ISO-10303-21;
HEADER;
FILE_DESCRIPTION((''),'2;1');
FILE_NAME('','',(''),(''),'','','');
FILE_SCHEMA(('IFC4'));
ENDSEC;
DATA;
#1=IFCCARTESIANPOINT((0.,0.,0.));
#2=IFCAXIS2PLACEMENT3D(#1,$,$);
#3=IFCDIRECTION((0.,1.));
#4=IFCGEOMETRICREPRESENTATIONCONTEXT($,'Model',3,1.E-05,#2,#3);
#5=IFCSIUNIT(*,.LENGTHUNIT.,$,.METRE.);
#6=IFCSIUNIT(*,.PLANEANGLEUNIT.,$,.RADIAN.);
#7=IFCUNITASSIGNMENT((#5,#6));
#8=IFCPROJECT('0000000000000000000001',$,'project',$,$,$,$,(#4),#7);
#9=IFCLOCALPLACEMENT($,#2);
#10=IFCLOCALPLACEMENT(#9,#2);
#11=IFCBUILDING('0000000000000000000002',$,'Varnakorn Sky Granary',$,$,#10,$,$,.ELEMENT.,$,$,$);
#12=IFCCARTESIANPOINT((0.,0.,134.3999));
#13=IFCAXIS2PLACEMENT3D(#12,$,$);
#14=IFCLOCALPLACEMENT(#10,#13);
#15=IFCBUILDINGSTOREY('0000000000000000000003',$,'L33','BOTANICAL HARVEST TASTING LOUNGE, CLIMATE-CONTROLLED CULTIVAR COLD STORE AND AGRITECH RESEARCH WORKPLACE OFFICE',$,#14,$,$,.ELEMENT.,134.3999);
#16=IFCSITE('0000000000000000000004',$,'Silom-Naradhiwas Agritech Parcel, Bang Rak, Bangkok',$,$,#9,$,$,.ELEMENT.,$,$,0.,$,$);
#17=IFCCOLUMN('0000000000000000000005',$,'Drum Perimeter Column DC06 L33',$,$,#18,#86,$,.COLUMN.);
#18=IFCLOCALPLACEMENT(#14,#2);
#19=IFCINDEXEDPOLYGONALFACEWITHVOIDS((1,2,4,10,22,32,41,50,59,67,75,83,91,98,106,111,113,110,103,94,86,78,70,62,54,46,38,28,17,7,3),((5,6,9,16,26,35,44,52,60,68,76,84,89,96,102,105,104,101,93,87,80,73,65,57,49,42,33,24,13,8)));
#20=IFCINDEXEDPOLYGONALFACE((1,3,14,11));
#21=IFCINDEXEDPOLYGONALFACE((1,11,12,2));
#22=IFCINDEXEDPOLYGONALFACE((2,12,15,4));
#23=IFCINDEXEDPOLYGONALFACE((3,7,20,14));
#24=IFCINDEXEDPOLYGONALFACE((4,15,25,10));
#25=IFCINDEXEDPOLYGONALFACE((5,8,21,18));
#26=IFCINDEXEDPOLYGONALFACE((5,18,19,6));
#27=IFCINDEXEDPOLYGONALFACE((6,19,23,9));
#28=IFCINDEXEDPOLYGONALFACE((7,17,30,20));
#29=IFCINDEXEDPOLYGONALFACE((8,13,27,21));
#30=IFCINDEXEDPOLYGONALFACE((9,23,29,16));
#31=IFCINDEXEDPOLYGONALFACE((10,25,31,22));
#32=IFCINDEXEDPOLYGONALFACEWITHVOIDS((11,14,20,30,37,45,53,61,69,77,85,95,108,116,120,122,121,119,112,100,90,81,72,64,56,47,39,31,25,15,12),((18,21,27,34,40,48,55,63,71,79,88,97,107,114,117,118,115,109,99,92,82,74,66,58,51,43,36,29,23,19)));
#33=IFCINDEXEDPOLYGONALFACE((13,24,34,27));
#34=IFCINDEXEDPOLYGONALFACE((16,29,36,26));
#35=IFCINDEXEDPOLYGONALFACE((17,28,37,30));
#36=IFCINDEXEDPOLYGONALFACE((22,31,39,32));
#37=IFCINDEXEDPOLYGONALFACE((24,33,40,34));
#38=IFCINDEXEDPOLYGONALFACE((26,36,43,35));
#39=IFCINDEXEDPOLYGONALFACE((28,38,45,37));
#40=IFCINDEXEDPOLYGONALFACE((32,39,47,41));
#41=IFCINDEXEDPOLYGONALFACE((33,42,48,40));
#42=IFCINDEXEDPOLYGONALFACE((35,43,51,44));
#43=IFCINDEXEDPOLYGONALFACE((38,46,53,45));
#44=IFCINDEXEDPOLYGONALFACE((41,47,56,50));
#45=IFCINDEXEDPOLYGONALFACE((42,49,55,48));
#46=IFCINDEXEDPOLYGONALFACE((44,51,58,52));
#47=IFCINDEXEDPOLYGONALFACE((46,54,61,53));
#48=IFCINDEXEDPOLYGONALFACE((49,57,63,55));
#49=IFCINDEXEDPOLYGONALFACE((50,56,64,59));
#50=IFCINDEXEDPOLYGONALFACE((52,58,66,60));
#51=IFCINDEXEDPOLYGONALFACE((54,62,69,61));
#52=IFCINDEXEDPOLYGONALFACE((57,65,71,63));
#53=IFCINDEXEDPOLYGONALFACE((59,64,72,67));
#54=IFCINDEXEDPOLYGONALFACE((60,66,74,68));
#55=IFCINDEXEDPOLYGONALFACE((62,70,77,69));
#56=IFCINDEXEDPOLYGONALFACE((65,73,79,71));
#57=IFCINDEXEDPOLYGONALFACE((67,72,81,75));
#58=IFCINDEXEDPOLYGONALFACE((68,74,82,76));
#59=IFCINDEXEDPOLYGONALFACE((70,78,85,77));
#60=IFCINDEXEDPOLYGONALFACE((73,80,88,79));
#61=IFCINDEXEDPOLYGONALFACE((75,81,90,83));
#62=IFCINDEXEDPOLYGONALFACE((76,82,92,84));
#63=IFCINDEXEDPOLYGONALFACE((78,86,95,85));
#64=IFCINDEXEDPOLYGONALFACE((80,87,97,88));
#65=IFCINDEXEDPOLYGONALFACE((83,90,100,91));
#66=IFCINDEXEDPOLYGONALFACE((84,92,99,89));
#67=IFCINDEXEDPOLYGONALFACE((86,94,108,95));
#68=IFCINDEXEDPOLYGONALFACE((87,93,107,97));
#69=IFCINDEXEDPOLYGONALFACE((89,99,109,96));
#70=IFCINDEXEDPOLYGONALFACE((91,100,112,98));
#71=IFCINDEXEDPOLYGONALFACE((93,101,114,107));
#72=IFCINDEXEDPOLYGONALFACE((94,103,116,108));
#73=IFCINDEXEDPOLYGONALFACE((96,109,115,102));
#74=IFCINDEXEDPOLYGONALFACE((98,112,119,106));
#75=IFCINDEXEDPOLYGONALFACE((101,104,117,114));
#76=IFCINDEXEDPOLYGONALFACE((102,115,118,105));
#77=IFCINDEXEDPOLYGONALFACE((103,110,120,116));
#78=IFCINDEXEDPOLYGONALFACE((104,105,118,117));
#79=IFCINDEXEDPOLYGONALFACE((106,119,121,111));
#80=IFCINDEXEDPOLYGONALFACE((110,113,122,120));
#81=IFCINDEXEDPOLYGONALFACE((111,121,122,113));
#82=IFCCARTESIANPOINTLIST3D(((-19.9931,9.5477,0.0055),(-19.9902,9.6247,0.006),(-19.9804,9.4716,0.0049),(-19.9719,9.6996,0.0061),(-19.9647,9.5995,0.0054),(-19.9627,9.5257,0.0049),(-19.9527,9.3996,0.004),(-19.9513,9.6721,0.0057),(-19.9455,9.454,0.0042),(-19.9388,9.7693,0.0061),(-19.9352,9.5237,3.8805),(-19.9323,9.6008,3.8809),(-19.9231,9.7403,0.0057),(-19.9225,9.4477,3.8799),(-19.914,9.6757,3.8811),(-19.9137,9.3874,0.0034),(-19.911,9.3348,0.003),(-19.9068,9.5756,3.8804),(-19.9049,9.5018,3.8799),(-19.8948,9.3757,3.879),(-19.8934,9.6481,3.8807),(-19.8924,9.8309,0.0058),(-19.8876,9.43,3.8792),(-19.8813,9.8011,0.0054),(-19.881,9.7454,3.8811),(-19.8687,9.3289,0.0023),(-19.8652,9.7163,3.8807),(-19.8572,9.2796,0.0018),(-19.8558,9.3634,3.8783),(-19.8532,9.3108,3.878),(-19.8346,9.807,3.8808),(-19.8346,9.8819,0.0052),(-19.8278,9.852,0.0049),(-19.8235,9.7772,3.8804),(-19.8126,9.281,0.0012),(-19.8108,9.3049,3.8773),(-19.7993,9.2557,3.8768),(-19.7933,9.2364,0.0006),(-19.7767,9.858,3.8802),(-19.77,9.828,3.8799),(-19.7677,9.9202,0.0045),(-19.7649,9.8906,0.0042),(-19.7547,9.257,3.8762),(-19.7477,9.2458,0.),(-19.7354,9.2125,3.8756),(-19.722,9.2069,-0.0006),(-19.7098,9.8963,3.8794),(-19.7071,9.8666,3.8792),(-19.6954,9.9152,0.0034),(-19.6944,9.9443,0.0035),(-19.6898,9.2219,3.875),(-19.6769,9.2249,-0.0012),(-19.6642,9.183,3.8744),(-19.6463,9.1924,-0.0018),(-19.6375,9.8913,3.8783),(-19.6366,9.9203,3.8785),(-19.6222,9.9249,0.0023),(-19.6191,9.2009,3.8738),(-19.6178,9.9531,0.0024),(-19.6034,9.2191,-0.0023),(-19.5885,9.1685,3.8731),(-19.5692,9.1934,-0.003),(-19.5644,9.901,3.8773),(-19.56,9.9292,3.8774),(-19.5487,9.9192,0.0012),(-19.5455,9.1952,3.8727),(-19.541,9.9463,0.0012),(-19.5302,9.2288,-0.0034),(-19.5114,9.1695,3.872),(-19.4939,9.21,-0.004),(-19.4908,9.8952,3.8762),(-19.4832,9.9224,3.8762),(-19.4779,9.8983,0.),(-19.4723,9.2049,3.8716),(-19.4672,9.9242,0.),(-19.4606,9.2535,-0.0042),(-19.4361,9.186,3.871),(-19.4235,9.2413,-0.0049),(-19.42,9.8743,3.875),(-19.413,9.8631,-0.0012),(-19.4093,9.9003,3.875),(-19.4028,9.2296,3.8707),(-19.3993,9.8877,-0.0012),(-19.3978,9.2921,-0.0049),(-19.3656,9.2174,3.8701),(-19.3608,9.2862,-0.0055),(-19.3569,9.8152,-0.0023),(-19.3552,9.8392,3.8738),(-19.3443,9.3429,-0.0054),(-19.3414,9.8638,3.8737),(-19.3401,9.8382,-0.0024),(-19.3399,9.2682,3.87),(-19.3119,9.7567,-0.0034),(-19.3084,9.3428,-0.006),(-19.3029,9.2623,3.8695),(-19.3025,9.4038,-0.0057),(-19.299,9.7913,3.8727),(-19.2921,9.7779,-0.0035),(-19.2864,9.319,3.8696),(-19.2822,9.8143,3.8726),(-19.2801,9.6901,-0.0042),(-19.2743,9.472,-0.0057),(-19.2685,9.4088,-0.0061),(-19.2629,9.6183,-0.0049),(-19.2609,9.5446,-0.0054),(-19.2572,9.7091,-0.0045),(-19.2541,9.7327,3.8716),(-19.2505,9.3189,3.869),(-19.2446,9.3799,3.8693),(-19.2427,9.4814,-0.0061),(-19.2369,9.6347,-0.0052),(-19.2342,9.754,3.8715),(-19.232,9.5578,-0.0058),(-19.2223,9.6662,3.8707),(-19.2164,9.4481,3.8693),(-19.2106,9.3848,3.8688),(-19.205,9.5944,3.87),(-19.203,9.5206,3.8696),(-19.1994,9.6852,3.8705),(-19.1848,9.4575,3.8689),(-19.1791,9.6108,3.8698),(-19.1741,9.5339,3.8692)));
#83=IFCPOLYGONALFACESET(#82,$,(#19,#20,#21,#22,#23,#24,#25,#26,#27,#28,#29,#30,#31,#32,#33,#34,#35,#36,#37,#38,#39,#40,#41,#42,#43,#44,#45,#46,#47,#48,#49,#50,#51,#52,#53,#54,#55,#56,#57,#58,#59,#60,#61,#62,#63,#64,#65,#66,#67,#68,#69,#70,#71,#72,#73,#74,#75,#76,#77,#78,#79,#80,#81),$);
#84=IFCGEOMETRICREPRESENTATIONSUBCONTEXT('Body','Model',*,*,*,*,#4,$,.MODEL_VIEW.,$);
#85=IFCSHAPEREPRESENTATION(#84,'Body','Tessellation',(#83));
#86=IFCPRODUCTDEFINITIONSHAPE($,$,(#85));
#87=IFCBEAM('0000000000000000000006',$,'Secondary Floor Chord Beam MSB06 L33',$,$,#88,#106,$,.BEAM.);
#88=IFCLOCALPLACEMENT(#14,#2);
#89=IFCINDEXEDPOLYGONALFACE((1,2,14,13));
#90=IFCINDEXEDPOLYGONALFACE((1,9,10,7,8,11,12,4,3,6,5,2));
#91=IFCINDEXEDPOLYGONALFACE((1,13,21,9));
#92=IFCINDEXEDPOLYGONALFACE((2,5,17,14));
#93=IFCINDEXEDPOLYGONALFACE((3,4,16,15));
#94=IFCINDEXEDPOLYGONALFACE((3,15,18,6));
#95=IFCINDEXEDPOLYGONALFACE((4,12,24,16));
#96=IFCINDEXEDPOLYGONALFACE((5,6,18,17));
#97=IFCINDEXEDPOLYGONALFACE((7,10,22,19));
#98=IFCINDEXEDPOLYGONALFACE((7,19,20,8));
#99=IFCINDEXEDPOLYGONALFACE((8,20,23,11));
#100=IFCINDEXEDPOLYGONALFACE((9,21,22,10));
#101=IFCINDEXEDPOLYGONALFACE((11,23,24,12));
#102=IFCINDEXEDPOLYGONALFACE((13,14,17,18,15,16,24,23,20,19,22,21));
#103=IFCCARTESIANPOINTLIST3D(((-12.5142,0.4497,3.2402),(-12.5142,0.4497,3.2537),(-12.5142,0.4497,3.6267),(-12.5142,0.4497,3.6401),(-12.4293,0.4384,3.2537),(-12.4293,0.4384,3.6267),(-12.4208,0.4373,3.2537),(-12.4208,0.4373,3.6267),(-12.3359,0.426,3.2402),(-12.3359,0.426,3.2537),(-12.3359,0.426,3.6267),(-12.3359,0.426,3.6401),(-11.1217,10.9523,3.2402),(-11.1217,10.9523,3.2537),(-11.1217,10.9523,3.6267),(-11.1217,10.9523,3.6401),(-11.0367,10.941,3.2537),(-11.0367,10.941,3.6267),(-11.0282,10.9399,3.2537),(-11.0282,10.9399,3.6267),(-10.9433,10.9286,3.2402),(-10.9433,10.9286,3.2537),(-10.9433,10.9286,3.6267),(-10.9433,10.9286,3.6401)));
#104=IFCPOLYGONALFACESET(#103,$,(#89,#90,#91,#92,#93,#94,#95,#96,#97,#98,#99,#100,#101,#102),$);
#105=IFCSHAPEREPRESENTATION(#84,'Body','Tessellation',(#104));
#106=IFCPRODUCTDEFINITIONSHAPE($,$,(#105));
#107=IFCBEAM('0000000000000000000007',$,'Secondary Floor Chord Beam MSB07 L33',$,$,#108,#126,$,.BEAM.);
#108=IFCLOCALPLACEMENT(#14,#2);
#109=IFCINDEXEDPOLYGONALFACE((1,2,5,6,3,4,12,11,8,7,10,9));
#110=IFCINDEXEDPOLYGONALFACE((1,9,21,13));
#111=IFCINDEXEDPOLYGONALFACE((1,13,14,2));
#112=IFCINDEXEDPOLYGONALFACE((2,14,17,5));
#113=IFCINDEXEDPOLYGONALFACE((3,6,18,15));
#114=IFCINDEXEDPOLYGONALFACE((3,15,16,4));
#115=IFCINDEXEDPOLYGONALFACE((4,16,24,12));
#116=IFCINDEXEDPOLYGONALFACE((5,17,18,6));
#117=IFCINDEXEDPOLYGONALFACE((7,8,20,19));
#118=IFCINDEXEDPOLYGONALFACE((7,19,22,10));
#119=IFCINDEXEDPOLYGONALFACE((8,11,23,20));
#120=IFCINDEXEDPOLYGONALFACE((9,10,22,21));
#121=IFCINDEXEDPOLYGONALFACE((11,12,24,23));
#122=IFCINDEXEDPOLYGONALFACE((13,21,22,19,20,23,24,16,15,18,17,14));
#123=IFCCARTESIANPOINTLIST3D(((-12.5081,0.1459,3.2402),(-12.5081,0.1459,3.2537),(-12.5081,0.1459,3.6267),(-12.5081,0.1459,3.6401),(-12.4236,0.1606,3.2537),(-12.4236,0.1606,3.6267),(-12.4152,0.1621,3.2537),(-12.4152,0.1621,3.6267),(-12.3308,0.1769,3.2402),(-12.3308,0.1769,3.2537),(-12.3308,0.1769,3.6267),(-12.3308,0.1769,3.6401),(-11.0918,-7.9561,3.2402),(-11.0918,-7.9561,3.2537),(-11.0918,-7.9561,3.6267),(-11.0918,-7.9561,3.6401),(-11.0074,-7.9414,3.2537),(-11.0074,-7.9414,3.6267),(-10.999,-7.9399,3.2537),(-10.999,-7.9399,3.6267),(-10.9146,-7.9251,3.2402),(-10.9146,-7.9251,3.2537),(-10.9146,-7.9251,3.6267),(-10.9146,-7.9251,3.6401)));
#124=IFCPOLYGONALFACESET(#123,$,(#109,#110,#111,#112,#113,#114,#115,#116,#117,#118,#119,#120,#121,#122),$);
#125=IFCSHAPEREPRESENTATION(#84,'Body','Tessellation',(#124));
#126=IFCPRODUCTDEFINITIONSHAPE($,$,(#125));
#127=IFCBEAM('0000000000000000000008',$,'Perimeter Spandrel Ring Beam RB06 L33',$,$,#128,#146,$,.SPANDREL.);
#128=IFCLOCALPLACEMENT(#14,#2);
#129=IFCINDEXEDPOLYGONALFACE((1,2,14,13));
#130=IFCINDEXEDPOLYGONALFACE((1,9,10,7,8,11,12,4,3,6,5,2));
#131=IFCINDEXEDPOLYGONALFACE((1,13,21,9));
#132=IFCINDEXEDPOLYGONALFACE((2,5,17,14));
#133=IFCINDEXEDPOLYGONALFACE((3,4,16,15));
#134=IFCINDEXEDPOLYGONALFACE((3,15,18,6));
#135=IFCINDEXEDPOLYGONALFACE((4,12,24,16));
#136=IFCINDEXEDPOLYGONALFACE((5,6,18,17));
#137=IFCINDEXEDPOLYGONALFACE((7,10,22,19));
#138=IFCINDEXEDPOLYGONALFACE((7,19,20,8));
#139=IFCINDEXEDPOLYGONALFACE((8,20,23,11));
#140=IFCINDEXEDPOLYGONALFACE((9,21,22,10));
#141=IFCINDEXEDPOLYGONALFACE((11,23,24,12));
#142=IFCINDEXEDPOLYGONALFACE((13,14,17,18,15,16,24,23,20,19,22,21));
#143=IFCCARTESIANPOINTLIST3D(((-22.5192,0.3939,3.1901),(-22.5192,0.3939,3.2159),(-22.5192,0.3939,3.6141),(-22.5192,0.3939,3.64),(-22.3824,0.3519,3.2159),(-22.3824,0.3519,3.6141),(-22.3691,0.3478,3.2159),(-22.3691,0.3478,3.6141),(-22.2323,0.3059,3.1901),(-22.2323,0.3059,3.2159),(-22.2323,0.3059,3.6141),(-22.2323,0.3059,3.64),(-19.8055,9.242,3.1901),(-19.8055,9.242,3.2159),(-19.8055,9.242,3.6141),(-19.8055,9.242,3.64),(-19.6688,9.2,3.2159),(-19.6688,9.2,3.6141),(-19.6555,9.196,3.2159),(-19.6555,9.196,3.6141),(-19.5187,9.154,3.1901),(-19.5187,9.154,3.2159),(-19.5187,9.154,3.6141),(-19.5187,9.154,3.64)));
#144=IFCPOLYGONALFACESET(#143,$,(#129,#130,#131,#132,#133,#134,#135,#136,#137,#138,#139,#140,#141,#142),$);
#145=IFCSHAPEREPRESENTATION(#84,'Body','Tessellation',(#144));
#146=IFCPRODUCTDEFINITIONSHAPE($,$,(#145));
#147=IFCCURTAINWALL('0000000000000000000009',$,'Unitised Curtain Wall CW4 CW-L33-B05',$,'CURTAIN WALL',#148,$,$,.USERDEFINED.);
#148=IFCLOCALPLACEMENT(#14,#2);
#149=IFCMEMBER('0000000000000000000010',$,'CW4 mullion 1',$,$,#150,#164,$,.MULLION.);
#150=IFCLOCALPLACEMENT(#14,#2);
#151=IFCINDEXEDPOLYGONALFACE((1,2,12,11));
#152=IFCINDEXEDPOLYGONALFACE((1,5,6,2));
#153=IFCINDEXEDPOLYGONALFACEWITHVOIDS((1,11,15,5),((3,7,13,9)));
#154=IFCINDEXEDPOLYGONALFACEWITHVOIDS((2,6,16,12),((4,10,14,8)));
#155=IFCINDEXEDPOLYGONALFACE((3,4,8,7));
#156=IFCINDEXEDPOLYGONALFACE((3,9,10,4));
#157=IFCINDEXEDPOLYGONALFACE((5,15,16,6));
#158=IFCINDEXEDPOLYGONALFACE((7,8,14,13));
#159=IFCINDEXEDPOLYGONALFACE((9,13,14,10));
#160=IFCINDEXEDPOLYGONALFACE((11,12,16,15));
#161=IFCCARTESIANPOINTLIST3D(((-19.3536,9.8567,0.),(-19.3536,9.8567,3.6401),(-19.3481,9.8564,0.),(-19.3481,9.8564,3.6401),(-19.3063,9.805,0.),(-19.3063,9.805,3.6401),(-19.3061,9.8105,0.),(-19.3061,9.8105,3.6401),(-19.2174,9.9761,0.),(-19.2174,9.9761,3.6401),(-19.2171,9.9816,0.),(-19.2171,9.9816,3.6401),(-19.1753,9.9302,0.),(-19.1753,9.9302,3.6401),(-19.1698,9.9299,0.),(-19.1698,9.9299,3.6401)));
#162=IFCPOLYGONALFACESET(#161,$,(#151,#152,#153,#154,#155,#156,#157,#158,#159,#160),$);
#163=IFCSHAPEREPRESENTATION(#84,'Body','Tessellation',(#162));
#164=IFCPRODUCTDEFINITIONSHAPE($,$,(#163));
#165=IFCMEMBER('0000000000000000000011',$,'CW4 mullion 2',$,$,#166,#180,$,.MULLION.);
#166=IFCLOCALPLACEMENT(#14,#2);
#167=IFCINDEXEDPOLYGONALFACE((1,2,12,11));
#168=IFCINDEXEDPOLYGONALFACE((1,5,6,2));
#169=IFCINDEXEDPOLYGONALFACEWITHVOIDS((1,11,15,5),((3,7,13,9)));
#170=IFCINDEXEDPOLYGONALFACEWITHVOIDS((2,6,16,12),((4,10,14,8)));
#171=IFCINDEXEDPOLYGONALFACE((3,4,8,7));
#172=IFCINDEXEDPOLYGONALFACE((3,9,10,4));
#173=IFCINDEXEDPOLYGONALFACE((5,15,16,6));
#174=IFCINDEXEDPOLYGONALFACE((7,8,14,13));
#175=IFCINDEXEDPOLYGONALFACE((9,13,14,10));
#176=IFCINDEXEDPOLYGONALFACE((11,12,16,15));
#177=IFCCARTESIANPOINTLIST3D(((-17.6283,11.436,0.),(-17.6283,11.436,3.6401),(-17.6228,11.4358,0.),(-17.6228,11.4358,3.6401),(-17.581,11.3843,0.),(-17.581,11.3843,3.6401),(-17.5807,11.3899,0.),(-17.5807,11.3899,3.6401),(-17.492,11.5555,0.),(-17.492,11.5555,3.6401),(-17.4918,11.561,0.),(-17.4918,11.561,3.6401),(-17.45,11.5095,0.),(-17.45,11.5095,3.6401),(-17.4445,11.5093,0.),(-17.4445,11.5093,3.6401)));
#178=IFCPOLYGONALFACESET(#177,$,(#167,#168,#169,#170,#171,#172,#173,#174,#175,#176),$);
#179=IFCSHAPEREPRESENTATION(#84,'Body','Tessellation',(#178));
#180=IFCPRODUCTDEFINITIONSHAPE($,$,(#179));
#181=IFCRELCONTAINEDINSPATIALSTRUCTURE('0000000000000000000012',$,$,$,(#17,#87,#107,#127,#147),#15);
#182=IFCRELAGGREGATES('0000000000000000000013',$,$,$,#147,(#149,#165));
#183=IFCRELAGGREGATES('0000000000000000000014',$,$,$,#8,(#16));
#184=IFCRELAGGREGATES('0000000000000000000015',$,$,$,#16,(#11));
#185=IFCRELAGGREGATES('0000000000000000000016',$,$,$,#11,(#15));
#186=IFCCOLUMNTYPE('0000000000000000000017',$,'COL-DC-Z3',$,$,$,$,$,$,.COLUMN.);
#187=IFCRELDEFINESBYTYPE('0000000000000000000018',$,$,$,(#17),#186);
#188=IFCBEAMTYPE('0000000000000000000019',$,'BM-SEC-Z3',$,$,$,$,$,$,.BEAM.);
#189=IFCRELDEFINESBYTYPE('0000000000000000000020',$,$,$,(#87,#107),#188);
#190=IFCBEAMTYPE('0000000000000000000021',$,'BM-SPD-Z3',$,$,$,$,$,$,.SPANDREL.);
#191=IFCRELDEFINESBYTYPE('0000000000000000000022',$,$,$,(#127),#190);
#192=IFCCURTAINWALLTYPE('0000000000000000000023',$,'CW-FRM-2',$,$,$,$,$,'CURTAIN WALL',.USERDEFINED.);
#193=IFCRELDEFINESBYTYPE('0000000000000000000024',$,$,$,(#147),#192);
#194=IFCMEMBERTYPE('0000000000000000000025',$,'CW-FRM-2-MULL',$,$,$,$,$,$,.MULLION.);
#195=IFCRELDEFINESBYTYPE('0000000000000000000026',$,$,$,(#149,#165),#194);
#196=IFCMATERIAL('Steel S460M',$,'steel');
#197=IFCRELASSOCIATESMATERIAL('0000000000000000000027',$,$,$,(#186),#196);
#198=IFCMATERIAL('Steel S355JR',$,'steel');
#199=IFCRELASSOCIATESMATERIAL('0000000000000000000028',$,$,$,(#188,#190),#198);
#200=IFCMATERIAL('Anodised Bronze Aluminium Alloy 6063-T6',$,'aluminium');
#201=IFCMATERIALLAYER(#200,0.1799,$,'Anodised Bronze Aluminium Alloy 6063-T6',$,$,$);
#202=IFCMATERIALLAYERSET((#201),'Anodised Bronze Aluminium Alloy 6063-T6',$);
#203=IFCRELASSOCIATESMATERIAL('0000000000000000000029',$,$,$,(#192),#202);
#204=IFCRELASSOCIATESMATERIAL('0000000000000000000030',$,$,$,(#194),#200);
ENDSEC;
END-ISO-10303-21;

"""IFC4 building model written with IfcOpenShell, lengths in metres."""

from ifc_helpers import new_model, si_unit, direction, frame, origin, origin_2d, place, context, subcontext, project, spatial, hollow_rectangle, hollow_circle, i_section, extrude, material, layer, layer_set, material_profile, profile_set, type_object, element, aggregate, save


model = new_model("IFC4")

# Units and contexts
model_context = context("Model", 3, precision=1e-05, world=origin(), true_north=direction((0.0, 1.0)))
body_context = subcontext(model_context, "Body", "Model", "MODEL_VIEW")
ifc_project = project(units=[si_unit("LENGTHUNIT", "METRE"), si_unit("PLANEANGLEUNIT", "RADIAN")], contexts=[model_context])

# Site, building, storey
site_placement = place(None, origin())
site = spatial("IfcSite", under=ifc_project, at=site_placement, Name="Silom-Naradhiwas Agritech Parcel, Bang Rak, Bangkok", CompositionType="ELEMENT", RefElevation=0.0)
building_placement = place(site_placement, origin())
building = spatial("IfcBuilding", under=site, at=building_placement, Name="Varnakorn Sky Granary", CompositionType="ELEMENT")
storey_placement = place(building_placement, frame((0.0, 0.0, 134.3999)))
storey = spatial("IfcBuildingStorey", under=building, at=storey_placement, Name="L33", Description="BOTANICAL HARVEST TASTING LOUNGE, CLIMATE-CONTROLLED CULTIVAR COLD STORE AND AGRITECH RESEARCH WORKPLACE OFFICE", CompositionType="ELEMENT", Elevation=134.3999)

# Column
ifc_material_1 = material(Name="Steel S460M", Category="steel")
ifc_material_profile_1 = material_profile(ifc_material_1, hollow_circle(Radius=0.3811, WallThickness=0.0281, at=origin_2d()), Name="CHS 762x28")
ifc_profile_set_1 = profile_set([ifc_material_profile_1], Name="Steel S460M")
column_type = type_object("IfcColumnType", Name="COL-DC-Z3", PredefinedType="COLUMN", material=ifc_profile_set_1)
column_placement = place(storey_placement, frame((-19.6128, 9.572, 0.0), z_axis=(0.01493, -0.006174, 0.999869), x_axis=(0.382122, 0.924112, 0.0)))
element("IfcColumn", 1, at=column_placement, inside=storey, type_object=column_type, Name="Drum Perimeter Column DC06 L33", PredefinedType="COLUMN", context=body_context, shape_type="SweptSolid", body=[
    extrude(hollow_circle(Radius=0.3811, WallThickness=0.0281, at=origin_2d()), origin(), (0.0, 0.0, 1.0), 3.8755),
])

# Beams
ifc_material_2 = material(Name="Steel S355JR", Category="steel")
ifc_material_profile_2 = material_profile(ifc_material_2, i_section(OverallWidth=0.1799, OverallDepth=0.3999, WebThickness=0.0085, FlangeThickness=0.0134, at=origin_2d()), Name="IPE 400")
ifc_profile_set_2 = profile_set([ifc_material_profile_2], Name="Steel S355JR")
beam_type_1 = type_object("IfcBeamType", Name="BM-SEC-Z3", PredefinedType="BEAM", material=ifc_profile_set_2)
beam_1_placement = place(storey_placement, frame((-11.0325, 10.9404, 3.4402), z_axis=(-0.131445, -0.991323, 0.0), x_axis=(0.991323, -0.131445, 0.0)))
element("IfcBeam", 2, at=beam_1_placement, inside=storey, type_object=beam_type_1, Name="Secondary Floor Chord Beam MSB06 L33", PredefinedType="BEAM", context=body_context, shape_type="SweptSolid", body=[
    extrude(i_section(OverallWidth=0.1799, OverallDepth=0.3999, WebThickness=0.0085, FlangeThickness=0.0134, at=origin_2d()), origin(), (0.0, 0.0, 1.0), 10.5945),
])
beam_2_placement = place(storey_placement, frame((-12.4194, 0.1614, 3.4402), z_axis=(0.172192, -0.985063, 0.0), x_axis=(0.985063, 0.172192, 0.0)))
element("IfcBeam", 3, at=beam_2_placement, inside=storey, type_object=beam_type_1, Name="Secondary Floor Chord Beam MSB07 L33", PredefinedType="BEAM", context=body_context, shape_type="SweptSolid", body=[
    extrude(i_section(OverallWidth=0.1799, OverallDepth=0.3999, WebThickness=0.0085, FlangeThickness=0.0134, at=origin_2d()), origin(), (0.0, 0.0, 1.0), 8.2249),
])
ifc_material_profile_3 = material_profile(ifc_material_2, i_section(OverallWidth=0.3, OverallDepth=0.45, WebThickness=0.0139, FlangeThickness=0.0259, at=origin_2d()), Name="HE 450 B")
ifc_profile_set_3 = profile_set([ifc_material_profile_3], Name="Steel S355JR")
beam_type_2 = type_object("IfcBeamType", Name="BM-SPD-Z3", PredefinedType="SPANDREL", material=ifc_profile_set_3)
beam_3_placement = place(storey_placement, frame((-19.6621, 9.198, 3.415), z_axis=(-0.293209, -0.956048, 0.0), x_axis=(0.956048, -0.293209, 0.0)))
element("IfcBeam", 4, at=beam_3_placement, inside=storey, type_object=beam_type_2, Name="Perimeter Spandrel Ring Beam RB06 L33", PredefinedType="SPANDREL", context=body_context, shape_type="SweptSolid", body=[
    extrude(i_section(OverallWidth=0.3, OverallDepth=0.45, WebThickness=0.0139, FlangeThickness=0.0259, at=origin_2d()), origin(), (0.0, 0.0, 1.0), 9.2549),
])

# Curtain wall, members
ifc_material_3 = material(Name="Anodised Bronze Aluminium Alloy 6063-T6", Category="aluminium")
ifc_layer_1 = layer(ifc_material_3, 0.1799, Name="Anodised Bronze Aluminium Alloy 6063-T6")
ifc_layer_set_1 = layer_set([ifc_layer_1], Name="Anodised Bronze Aluminium Alloy 6063-T6")
curtain_wall_type = type_object("IfcCurtainWallType", Name="CW-FRM-2", ElementType="CURTAIN WALL", PredefinedType="USERDEFINED", material=ifc_layer_set_1)
curtain_wall_placement = place(storey_placement, origin())
curtain_wall = element("IfcCurtainWall", 5, at=curtain_wall_placement, inside=storey, type_object=curtain_wall_type, Name="Unitised Curtain Wall CW4 CW-L33-B05", ObjectType="CURTAIN WALL", PredefinedType="USERDEFINED")
ifc_material_profile_4 = material_profile(ifc_material_3, hollow_rectangle(XDim=0.0701, YDim=0.1851, WallThickness=0.0039, at=origin_2d()), Name="ALU MULL 70x185")
ifc_profile_set_4 = profile_set([ifc_material_profile_4], Name="Anodised Bronze Aluminium Alloy 6063-T6")
member_type_1 = type_object("IfcMemberType", Name="CW-FRM-2-MULL", PredefinedType="MULLION", material=ifc_profile_set_4)
member_1_placement = place(storey_placement, frame((-19.2617, 9.8933, 0.0), z_axis=(0.0, 0.0, 1.0), x_axis=(-0.675183, 0.737651, 0.0)))
member_1 = element("IfcMember", 6, at=member_1_placement, type_object=member_type_1, Name="CW4 mullion 1", PredefinedType="MULLION", context=body_context, shape_type="SweptSolid", body=[
    extrude(hollow_rectangle(XDim=0.0701, YDim=0.1851, WallThickness=0.0039, at=origin_2d()), origin(), (0.0, 0.0, 1.0), 3.6401),
])
member_2_placement = place(storey_placement, frame((-17.5364, 11.4727, 0.0), z_axis=(0.0, 0.0, 1.0), x_axis=(-0.675183, 0.737651, 0.0)))
member_2 = element("IfcMember", 7, at=member_2_placement, type_object=member_type_1, Name="CW4 mullion 2", PredefinedType="MULLION", context=body_context, shape_type="SweptSolid", body=[
    extrude(hollow_rectangle(XDim=0.0701, YDim=0.1851, WallThickness=0.0039, at=origin_2d()), origin(), (0.0, 0.0, 1.0), 3.6401),
])
aggregate(curtain_wall, [member_1, member_2])

save(model, "model.ifc")
